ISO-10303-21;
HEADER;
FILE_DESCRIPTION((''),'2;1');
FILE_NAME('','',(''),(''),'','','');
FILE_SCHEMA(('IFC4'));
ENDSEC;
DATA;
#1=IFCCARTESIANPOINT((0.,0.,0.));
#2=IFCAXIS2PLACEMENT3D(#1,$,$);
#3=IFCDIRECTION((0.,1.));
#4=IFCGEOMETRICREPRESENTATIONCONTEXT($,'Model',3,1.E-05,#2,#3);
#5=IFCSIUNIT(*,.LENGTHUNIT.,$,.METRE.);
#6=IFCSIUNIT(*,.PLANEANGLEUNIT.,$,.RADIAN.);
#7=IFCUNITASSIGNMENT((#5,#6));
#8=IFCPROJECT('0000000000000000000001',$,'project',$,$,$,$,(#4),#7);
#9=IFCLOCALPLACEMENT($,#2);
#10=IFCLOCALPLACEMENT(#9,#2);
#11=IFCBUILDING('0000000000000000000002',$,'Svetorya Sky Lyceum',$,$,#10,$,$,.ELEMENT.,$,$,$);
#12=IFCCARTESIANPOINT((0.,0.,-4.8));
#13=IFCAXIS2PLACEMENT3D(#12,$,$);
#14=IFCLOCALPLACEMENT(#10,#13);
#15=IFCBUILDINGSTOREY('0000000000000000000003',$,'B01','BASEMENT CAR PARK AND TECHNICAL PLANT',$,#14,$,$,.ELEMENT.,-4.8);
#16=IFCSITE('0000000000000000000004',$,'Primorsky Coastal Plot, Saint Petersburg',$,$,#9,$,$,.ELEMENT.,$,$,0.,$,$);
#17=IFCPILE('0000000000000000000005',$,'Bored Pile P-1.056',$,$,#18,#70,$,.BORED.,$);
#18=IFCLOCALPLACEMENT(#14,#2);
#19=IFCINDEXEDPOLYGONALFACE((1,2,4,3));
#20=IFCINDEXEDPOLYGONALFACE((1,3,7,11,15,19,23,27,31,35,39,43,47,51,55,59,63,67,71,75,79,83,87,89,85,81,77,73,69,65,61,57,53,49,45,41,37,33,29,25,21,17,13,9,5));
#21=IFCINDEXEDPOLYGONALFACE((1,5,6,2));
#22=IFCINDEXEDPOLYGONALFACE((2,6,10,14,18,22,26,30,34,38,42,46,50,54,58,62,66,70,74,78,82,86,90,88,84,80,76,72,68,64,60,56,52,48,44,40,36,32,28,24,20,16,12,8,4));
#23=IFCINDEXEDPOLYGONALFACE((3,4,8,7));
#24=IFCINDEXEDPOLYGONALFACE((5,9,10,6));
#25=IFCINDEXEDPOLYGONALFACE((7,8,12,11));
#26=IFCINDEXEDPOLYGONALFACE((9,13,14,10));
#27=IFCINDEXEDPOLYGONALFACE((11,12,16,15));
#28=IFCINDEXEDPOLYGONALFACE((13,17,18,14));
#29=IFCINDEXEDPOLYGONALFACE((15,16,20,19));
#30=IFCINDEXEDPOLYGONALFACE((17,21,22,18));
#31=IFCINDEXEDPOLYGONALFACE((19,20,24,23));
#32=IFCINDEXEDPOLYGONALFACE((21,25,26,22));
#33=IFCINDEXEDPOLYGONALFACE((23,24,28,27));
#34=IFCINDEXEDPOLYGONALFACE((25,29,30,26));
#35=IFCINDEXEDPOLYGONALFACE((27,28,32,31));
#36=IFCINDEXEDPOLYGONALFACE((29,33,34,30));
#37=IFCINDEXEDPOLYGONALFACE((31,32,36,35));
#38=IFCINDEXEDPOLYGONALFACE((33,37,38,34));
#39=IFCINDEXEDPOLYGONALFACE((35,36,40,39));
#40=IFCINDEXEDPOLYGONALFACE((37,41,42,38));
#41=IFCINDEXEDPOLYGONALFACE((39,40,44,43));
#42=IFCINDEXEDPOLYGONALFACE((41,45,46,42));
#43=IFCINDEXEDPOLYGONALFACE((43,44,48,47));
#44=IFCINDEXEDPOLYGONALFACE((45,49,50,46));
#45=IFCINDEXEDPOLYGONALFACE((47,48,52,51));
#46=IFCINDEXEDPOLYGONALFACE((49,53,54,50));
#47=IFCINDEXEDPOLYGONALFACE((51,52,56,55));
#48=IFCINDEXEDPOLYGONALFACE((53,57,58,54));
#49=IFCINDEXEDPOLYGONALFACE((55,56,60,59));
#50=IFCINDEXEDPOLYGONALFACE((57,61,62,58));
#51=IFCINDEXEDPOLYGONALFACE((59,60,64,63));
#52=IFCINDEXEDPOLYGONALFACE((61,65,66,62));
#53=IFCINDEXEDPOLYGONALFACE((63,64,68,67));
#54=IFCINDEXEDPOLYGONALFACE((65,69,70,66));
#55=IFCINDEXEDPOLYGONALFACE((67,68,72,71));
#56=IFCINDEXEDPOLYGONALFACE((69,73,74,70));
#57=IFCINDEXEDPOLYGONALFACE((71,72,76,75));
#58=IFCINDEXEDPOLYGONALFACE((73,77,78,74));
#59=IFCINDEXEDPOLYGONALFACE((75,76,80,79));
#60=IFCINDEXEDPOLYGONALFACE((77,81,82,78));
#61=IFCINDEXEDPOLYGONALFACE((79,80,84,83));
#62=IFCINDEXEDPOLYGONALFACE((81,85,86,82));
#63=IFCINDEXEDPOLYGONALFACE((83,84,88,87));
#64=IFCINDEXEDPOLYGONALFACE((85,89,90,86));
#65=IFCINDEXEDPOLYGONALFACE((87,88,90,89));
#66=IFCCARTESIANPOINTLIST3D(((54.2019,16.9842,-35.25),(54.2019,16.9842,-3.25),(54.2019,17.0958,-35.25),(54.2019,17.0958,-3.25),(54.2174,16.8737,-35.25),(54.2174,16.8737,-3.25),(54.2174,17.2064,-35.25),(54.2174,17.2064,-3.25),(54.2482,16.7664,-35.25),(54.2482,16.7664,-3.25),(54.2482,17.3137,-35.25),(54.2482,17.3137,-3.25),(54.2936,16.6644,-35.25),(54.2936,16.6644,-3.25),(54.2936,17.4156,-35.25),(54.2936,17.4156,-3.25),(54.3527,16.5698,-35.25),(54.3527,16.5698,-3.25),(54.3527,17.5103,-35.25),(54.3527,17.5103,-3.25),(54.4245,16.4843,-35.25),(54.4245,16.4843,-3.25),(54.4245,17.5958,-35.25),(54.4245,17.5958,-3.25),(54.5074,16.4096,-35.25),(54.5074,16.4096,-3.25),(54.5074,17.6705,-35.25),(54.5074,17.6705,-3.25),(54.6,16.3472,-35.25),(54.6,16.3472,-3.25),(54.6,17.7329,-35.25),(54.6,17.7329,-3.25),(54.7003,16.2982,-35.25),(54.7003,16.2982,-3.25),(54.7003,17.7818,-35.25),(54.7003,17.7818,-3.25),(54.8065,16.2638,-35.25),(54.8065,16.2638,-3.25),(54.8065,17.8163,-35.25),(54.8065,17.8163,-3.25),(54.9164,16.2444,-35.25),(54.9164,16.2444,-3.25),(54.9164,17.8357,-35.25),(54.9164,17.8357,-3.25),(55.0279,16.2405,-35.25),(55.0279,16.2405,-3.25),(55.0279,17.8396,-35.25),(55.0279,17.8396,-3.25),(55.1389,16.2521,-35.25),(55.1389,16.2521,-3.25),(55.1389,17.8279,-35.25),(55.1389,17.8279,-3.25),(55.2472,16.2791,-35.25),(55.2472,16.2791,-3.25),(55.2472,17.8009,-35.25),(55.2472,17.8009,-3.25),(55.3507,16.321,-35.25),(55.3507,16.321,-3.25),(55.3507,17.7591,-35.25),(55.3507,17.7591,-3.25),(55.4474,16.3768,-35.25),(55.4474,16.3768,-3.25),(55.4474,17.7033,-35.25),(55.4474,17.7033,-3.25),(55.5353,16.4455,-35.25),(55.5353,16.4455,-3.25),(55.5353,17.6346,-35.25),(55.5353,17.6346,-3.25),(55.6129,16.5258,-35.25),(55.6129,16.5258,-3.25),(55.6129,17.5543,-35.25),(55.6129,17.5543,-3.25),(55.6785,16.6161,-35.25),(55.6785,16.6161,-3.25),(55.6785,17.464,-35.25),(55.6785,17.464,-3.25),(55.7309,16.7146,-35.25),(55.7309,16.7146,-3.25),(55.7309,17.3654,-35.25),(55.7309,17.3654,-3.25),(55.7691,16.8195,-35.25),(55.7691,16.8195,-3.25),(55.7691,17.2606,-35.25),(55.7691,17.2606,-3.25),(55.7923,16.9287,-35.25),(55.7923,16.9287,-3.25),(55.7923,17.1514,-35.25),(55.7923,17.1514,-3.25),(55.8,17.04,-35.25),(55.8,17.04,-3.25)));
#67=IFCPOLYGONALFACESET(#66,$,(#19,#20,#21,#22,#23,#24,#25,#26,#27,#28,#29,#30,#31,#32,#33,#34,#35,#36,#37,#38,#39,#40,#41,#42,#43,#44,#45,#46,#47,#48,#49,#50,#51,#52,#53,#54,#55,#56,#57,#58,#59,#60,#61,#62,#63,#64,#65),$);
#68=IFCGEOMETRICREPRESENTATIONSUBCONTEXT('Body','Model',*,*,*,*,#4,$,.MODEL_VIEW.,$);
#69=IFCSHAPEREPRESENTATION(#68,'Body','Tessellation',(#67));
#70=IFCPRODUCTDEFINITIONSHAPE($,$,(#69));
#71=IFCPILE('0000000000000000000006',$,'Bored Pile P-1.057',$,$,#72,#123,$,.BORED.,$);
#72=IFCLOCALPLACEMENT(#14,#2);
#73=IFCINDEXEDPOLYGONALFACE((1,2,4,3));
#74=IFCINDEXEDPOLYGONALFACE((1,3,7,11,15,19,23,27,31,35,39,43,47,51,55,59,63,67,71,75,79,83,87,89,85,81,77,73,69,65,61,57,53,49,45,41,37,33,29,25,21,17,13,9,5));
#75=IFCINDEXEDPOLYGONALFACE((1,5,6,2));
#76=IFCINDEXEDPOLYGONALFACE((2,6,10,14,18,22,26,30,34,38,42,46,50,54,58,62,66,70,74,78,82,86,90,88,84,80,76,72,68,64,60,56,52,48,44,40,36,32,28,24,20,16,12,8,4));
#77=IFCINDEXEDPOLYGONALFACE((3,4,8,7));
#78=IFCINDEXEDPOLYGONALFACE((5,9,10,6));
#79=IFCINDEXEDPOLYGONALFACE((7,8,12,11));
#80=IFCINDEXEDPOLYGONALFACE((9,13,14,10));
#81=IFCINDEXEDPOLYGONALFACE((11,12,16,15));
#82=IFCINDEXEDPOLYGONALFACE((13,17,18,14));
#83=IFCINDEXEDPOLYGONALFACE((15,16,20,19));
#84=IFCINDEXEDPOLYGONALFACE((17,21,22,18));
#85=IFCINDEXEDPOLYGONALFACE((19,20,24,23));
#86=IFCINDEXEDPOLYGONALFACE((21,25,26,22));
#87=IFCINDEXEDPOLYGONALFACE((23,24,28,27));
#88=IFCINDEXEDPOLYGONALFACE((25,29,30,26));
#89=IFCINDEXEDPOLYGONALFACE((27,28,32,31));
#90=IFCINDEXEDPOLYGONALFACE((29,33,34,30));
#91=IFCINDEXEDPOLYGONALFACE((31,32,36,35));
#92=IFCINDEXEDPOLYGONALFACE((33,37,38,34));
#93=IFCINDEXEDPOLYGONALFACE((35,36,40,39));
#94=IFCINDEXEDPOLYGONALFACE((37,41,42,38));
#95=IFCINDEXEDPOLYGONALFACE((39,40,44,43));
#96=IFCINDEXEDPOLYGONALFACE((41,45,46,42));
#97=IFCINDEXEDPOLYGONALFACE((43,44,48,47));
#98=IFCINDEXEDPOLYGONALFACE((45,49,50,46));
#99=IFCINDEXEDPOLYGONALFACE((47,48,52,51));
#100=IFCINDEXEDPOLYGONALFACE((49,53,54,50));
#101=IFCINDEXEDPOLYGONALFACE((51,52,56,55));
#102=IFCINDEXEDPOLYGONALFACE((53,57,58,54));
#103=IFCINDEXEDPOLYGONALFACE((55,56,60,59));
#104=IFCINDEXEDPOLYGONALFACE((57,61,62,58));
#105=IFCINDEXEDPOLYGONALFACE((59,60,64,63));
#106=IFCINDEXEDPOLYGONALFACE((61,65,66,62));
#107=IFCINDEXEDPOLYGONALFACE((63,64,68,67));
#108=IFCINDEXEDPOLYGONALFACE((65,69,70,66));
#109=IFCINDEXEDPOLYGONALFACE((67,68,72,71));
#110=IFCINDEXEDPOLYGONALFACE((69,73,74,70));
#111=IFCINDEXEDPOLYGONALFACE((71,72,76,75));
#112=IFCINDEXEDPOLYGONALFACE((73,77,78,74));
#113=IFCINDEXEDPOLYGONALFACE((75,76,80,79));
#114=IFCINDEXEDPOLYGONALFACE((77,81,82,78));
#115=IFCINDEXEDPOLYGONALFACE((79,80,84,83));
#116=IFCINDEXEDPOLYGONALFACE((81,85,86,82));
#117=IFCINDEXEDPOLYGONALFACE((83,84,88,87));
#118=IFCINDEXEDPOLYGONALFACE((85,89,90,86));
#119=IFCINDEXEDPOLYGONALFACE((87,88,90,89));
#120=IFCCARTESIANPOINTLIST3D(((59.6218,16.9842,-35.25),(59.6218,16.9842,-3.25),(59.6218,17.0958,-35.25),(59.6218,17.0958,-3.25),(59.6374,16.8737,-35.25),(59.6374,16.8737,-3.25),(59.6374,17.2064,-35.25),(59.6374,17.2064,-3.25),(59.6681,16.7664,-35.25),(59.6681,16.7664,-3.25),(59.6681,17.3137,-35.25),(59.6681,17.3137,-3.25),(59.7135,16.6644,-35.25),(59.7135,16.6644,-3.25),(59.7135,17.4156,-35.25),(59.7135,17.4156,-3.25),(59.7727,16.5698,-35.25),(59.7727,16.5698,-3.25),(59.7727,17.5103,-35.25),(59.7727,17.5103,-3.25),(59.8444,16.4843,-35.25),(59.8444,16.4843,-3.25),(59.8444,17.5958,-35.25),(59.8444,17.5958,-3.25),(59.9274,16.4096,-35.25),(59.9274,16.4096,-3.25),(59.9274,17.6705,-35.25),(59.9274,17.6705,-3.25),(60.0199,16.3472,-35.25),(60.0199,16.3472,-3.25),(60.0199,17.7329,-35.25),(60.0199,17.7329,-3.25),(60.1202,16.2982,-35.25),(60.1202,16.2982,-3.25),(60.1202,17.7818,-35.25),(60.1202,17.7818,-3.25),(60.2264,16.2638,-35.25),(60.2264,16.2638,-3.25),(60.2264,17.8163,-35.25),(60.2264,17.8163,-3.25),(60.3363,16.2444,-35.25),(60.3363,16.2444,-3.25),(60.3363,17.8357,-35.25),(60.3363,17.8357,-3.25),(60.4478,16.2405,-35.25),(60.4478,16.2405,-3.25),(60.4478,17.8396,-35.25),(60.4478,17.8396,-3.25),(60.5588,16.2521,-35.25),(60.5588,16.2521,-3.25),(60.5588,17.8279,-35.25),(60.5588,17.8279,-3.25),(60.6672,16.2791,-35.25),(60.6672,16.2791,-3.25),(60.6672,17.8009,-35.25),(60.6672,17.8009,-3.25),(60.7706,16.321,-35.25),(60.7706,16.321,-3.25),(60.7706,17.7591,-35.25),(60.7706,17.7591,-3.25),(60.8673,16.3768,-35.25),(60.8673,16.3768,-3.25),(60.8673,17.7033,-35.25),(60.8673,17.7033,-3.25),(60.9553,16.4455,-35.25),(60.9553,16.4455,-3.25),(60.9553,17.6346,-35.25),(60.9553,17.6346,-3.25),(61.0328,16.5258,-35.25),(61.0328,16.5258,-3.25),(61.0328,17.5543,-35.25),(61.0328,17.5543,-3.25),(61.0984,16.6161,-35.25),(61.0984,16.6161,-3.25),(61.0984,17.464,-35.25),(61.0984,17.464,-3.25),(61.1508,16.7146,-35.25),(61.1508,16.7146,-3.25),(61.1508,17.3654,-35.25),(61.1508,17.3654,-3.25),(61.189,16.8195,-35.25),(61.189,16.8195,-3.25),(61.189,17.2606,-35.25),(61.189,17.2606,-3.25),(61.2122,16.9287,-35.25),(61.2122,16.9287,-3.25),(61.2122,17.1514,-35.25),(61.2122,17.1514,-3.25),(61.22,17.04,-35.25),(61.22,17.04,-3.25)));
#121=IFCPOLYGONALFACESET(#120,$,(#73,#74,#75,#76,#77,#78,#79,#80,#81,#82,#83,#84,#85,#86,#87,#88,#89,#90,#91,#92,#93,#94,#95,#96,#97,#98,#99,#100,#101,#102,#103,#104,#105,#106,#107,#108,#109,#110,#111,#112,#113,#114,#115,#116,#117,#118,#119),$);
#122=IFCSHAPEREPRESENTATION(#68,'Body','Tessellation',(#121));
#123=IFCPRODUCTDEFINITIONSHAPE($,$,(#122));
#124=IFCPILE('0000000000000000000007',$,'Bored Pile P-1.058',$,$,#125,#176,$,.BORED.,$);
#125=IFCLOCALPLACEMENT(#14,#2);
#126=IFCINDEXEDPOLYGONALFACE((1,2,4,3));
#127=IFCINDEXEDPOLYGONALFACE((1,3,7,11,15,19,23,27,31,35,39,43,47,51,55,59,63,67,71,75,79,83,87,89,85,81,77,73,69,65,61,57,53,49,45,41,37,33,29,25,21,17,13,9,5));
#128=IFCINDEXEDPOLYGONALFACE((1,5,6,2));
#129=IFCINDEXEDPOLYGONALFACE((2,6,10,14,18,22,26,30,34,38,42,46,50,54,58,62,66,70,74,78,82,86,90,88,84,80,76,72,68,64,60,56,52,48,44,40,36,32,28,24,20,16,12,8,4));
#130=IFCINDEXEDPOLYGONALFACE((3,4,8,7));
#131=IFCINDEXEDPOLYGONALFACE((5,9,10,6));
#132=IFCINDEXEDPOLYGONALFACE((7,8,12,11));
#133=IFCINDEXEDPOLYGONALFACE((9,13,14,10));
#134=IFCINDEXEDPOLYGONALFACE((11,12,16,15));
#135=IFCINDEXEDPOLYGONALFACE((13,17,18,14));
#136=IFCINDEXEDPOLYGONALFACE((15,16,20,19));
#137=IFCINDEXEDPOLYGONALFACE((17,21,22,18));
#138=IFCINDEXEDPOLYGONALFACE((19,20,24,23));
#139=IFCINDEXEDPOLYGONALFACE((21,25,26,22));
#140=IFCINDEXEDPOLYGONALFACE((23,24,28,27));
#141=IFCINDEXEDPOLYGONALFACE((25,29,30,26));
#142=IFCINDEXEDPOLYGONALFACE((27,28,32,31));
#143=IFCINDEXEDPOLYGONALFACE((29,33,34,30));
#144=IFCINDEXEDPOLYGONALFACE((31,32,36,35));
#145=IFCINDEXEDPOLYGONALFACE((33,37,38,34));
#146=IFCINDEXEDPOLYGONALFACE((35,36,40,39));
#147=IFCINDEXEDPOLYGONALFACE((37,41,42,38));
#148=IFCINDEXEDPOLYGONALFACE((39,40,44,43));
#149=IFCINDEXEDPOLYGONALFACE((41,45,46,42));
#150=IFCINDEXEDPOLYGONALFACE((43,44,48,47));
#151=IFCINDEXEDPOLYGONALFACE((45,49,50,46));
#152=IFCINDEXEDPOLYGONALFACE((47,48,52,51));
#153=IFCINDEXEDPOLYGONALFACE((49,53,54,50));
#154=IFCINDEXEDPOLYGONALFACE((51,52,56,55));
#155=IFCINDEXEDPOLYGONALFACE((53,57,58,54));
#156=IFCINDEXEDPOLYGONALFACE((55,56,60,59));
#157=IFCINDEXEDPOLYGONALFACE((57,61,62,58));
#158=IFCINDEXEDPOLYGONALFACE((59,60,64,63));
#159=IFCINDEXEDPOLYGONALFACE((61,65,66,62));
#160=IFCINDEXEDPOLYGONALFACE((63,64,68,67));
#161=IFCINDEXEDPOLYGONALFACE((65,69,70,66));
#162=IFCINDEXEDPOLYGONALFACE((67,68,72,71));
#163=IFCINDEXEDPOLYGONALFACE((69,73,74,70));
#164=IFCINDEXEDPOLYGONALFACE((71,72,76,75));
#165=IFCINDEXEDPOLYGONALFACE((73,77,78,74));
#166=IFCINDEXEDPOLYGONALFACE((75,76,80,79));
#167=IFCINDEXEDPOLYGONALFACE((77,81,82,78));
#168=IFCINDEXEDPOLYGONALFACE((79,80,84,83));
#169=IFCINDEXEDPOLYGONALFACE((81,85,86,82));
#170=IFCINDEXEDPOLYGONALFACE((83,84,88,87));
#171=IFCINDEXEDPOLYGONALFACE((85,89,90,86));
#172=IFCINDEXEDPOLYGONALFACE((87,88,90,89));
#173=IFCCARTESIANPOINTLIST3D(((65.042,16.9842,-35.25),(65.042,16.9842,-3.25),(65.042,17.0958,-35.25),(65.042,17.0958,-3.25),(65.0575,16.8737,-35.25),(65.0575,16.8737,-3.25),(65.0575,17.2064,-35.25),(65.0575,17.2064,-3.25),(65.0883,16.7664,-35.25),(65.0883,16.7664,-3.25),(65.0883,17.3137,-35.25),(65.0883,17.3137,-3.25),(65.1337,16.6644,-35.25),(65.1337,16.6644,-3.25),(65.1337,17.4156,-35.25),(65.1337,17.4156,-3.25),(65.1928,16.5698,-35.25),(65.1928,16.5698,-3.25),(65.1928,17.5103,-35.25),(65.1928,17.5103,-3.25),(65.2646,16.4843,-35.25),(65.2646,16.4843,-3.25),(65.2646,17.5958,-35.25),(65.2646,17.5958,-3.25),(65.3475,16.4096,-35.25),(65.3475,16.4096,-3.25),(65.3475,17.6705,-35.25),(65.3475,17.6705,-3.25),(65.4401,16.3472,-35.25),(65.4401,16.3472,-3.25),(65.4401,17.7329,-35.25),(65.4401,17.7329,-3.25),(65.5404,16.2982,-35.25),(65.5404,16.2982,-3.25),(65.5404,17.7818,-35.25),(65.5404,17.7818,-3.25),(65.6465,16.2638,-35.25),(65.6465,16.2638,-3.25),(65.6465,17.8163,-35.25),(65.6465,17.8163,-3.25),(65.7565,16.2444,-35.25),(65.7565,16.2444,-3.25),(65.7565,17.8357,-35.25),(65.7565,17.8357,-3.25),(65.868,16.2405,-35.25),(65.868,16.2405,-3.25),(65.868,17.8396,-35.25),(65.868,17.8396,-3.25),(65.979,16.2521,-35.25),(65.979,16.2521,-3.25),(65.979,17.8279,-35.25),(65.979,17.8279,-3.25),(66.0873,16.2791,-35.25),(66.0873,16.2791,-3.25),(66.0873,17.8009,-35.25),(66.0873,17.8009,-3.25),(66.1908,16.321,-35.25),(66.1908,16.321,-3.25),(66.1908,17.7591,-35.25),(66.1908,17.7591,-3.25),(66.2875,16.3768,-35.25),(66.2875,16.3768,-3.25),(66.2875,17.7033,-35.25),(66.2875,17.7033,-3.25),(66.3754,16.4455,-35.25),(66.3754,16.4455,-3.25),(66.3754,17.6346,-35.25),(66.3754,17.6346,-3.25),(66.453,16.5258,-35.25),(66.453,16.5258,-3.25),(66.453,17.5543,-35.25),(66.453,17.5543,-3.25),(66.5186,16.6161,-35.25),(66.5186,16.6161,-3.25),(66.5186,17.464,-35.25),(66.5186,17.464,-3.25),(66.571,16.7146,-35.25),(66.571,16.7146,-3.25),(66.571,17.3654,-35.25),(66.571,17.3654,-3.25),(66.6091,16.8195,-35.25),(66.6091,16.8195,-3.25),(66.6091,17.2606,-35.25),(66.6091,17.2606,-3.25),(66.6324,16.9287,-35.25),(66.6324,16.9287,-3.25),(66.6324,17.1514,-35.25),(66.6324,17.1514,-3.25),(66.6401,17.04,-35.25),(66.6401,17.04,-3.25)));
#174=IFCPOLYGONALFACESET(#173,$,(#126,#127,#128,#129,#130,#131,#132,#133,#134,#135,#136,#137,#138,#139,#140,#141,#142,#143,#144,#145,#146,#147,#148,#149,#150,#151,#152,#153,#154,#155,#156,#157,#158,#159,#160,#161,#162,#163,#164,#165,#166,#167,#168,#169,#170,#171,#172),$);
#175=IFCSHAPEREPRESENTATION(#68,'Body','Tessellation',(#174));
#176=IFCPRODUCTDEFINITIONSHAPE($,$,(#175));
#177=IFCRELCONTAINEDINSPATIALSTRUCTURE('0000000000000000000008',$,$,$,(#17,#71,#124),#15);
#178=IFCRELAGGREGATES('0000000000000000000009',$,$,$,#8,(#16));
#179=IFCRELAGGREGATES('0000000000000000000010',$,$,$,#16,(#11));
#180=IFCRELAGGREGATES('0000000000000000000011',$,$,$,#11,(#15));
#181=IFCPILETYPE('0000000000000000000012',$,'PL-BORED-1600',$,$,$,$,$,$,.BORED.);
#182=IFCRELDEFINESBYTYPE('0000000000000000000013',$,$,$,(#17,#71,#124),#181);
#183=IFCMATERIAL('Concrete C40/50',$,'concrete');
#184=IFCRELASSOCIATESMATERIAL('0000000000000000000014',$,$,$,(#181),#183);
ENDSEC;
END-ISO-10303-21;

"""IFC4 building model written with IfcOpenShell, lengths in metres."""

from ifc_helpers import new_model, si_unit, direction, frame, origin, origin_2d, place, context, subcontext, project, spatial, circle, extrude, material, material_profile, profile_set, type_object, element, save


model = new_model("IFC4")

# Units and contexts
model_context = context("Model", 3, precision=1e-05, world=origin(), true_north=direction((0.0, 1.0)))
body_context = subcontext(model_context, "Body", "Model", "MODEL_VIEW")
ifc_project = project(units=[si_unit("LENGTHUNIT", "METRE"), si_unit("PLANEANGLEUNIT", "RADIAN")], contexts=[model_context])

# Site, building, storey
site_placement = place(None, origin())
site = spatial("IfcSite", under=ifc_project, at=site_placement, Name="Primorsky Coastal Plot, Saint Petersburg", CompositionType="ELEMENT", RefElevation=0.0)
building_placement = place(site_placement, origin())
building = spatial("IfcBuilding", under=site, at=building_placement, Name="Svetorya Sky Lyceum", CompositionType="ELEMENT")
storey_placement = place(building_placement, frame((0.0, 0.0, -4.8)))
storey = spatial("IfcBuildingStorey", under=building, at=storey_placement, Name="B01", Description="BASEMENT CAR PARK AND TECHNICAL PLANT", CompositionType="ELEMENT", Elevation=-4.8)

# Piles
ifc_material_1 = material(Name="Concrete C40/50", Category="concrete")
ifc_material_profile_1 = material_profile(ifc_material_1, circle(Radius=0.8, at=origin_2d()), Name="RC PILE D1600")
ifc_profile_set_1 = profile_set([ifc_material_profile_1], Name="Concrete C40/50")
pile_type = type_object("IfcPileType", Name="PL-BORED-1600", PredefinedType="BORED", material=ifc_profile_set_1)
for number, where, z_axis, x_axis, name in (
    (1, (55.0, 17.04, -3.25), (0.0, 0.0, -1.0), (1.0, 0.0, 0.0), "Bored Pile P-1.056"),
    (2, (60.4199, 17.04, -3.25), (0.0, 0.0, -1.0), (1.0, 0.0, 0.0), "Bored Pile P-1.057"),
    (3, (65.8401, 17.04, -3.25), (0.0, 0.0, -1.0), (1.0, 0.0, 0.0), "Bored Pile P-1.058"),
):
    element("IfcPile", number, at=place(storey_placement, frame(where, z_axis=z_axis, x_axis=x_axis)), inside=storey, type_object=pile_type, Name=name, PredefinedType="BORED", context=body_context, shape_type="SweptSolid", body=[
        extrude(circle(Radius=0.8, at=origin_2d()), origin(), (0.0, 0.0, 1.0), 32.0),
    ])

save(model, "model.ifc")
